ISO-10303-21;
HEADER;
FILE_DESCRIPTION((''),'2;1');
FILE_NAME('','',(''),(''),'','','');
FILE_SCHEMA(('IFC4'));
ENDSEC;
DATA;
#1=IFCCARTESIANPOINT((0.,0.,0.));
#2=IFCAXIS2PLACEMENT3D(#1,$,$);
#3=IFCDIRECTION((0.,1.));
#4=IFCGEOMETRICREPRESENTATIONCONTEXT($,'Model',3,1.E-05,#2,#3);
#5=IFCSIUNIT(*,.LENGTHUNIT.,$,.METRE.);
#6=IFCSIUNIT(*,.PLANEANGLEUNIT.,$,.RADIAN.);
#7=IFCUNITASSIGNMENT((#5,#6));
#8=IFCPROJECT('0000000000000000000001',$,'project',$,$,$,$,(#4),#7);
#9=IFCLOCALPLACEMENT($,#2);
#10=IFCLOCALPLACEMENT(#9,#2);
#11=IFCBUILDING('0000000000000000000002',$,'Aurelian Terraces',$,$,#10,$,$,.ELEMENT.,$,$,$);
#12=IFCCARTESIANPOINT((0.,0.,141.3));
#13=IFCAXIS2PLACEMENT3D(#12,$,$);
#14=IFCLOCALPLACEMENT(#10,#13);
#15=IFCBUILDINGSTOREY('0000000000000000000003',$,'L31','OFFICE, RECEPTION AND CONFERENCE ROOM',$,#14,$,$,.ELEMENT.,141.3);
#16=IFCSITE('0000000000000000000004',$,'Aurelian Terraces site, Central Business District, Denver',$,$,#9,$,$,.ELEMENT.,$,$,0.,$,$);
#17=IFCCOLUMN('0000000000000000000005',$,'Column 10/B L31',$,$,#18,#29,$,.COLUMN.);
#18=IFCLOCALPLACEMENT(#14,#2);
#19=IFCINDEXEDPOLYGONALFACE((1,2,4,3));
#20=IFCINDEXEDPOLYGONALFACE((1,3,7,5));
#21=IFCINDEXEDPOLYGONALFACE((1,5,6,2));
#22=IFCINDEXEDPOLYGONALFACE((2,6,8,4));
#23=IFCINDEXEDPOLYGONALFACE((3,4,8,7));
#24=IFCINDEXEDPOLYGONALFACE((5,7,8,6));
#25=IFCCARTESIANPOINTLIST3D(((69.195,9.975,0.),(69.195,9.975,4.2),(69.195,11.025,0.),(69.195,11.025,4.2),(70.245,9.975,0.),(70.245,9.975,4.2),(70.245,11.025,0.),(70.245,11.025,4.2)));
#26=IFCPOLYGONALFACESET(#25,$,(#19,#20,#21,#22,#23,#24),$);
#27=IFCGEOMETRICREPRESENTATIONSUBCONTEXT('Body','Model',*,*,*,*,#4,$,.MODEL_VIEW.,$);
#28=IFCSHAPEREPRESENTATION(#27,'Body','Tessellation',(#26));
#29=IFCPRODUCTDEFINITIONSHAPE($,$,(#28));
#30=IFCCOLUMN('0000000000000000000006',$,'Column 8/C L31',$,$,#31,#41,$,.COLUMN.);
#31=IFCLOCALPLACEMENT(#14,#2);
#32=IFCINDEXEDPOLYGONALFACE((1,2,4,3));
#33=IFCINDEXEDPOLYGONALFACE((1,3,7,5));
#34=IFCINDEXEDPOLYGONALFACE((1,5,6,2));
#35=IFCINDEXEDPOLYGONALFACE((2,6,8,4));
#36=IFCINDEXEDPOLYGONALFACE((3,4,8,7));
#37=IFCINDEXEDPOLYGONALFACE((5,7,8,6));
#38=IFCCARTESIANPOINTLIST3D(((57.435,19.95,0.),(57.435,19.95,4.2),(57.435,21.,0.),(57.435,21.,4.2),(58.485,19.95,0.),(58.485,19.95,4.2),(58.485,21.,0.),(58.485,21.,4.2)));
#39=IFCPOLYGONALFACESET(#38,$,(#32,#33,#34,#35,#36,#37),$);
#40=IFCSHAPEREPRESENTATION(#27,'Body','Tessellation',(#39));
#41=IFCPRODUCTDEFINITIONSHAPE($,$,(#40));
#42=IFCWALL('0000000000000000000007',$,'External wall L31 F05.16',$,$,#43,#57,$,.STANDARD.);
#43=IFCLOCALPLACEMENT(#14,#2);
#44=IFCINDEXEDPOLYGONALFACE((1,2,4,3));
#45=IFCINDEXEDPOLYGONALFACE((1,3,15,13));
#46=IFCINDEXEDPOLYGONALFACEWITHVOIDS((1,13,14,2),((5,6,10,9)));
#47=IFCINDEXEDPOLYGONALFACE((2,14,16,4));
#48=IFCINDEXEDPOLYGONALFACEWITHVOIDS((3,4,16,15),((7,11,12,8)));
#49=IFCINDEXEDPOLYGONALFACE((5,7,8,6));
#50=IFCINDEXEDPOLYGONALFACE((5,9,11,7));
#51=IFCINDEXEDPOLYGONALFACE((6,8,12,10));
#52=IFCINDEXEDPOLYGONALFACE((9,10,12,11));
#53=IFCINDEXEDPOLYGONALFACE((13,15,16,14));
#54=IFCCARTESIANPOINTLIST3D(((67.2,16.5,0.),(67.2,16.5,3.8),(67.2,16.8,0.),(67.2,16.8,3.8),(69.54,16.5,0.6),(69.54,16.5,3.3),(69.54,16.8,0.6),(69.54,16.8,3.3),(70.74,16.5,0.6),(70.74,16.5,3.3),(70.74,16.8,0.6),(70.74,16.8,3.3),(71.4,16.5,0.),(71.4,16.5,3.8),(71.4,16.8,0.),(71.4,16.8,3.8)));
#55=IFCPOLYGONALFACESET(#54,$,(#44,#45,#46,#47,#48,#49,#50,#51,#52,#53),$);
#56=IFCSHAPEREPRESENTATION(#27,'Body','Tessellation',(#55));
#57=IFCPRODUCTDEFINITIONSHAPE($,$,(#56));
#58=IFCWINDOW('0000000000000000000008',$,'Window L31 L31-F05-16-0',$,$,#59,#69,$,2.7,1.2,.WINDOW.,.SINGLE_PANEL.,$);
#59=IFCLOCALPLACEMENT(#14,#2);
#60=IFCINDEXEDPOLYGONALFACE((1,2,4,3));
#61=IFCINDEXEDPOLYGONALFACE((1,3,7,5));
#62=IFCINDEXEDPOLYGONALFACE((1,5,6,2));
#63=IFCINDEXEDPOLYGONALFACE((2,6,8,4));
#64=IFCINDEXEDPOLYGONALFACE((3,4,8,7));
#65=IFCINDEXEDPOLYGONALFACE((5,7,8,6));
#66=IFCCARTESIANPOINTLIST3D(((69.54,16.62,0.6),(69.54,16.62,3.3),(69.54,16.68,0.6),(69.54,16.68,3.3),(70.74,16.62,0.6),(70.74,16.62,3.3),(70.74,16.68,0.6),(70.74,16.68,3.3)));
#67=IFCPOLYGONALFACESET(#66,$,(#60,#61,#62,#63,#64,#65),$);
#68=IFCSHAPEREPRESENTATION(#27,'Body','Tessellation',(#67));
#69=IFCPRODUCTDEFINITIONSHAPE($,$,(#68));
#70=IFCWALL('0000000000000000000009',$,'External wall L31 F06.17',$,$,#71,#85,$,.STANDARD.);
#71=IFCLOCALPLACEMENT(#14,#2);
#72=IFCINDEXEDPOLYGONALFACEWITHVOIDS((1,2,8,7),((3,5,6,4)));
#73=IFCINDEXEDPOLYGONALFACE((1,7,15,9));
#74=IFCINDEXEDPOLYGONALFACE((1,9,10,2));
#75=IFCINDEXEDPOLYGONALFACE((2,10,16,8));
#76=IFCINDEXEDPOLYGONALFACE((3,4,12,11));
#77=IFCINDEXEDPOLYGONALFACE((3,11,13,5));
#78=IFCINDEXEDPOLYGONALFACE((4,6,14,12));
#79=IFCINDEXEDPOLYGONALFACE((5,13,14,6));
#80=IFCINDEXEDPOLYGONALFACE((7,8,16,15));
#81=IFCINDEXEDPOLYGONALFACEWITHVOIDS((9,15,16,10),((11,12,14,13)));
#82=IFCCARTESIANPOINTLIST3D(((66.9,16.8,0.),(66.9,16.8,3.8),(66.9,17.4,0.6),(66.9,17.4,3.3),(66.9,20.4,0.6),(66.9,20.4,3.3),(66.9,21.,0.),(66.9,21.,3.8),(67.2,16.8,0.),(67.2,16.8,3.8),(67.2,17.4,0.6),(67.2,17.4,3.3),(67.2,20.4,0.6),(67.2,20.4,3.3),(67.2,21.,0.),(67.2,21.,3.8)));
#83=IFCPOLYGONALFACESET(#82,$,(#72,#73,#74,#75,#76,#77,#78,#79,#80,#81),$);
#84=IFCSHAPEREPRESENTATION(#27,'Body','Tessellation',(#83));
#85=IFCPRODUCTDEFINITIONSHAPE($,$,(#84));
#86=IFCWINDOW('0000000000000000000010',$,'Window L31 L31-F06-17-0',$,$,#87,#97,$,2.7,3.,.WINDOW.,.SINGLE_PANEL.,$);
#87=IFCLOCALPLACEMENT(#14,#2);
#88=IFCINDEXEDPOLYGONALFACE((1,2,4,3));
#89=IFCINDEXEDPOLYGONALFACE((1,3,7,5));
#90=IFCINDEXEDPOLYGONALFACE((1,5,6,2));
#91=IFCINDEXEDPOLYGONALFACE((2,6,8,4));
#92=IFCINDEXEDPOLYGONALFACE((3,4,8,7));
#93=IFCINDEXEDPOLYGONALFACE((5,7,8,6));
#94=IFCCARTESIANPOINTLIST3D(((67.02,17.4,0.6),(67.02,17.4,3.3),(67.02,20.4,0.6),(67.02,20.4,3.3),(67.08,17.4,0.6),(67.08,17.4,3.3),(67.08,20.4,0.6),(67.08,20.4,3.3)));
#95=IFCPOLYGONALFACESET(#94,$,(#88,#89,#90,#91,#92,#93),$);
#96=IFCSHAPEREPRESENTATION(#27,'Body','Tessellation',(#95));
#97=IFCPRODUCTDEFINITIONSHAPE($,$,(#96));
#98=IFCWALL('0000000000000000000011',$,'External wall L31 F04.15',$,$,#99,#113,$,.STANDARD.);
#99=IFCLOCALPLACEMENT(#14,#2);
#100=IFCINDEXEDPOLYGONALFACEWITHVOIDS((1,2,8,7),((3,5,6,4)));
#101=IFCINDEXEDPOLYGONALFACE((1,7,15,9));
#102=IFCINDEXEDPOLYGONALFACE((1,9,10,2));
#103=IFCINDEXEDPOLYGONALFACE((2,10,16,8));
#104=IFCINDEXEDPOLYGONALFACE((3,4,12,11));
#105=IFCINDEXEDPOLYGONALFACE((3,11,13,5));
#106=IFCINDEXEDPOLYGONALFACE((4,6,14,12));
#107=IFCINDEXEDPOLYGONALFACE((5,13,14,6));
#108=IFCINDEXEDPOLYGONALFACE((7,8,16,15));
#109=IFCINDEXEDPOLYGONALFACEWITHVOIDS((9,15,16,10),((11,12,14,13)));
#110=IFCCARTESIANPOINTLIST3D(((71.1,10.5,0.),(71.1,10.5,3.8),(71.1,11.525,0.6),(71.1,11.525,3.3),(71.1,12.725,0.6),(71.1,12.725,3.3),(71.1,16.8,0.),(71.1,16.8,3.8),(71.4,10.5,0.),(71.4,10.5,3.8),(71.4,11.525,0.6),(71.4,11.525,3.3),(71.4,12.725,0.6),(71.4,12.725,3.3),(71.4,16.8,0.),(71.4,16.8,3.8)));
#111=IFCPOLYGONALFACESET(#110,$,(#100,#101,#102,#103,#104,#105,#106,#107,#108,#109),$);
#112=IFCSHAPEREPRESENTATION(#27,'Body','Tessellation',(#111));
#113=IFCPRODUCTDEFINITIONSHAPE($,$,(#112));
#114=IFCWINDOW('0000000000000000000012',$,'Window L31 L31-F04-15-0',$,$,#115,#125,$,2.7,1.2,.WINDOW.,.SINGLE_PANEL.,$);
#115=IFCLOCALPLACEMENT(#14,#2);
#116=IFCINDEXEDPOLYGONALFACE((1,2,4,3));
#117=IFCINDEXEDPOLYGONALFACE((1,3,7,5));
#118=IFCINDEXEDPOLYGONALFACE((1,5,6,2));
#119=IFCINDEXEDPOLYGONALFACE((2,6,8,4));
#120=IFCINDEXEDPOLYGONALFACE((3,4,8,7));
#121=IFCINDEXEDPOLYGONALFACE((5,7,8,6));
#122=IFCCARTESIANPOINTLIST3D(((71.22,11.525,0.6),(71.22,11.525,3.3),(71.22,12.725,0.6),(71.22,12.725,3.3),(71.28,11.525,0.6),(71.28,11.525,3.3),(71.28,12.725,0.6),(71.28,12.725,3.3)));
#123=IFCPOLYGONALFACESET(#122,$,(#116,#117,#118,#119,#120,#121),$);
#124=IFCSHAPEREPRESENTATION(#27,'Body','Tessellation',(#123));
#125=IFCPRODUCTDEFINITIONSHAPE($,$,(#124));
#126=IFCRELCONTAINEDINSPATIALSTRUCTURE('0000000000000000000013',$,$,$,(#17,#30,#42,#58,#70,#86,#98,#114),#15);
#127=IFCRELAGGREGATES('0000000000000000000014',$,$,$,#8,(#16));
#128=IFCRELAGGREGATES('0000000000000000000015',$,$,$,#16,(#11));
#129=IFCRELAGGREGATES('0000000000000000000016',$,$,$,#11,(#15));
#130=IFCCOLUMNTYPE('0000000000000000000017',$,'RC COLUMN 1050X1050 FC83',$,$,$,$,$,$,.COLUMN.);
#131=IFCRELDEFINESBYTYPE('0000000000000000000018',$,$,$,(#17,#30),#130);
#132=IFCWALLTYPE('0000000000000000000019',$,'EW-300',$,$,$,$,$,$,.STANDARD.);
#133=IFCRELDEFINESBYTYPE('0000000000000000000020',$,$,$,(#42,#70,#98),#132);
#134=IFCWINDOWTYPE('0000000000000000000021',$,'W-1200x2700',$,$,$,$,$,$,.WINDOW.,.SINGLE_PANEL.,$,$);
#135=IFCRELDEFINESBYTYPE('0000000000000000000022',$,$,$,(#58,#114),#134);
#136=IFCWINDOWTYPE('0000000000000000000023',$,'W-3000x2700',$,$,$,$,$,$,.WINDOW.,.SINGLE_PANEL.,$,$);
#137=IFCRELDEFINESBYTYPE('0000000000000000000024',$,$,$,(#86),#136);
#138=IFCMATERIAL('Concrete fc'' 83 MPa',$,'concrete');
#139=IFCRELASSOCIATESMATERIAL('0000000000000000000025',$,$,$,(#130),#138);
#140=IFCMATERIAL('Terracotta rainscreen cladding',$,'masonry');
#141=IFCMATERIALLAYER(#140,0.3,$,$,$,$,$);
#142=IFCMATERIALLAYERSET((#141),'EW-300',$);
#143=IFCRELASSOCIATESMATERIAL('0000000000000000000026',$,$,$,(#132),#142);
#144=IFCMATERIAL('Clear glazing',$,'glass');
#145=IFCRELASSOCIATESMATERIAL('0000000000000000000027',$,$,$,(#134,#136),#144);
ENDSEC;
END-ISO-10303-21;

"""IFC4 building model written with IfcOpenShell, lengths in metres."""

from ifc_helpers import new_model, si_unit, direction, frame, frame_2d, origin, origin_2d, place, context, subcontext, project, spatial, rectangle, extrude, source, transform, mapped, material, layer, layer_set, material_profile, profile_set, type_object, element, fill, save


model = new_model("IFC4")

# Units and contexts
model_context = context("Model", 3, precision=1e-05, world=origin(), true_north=direction((0.0, 1.0)))
body_context = subcontext(model_context, "Body", "Model", "MODEL_VIEW")
ifc_project = project(units=[si_unit("LENGTHUNIT", "METRE"), si_unit("PLANEANGLEUNIT", "RADIAN")], contexts=[model_context])

# Site, building, storey
site_placement = place(None, origin())
site = spatial("IfcSite", under=ifc_project, at=site_placement, Name="Aurelian Terraces site, Central Business District, Denver", CompositionType="ELEMENT", RefElevation=0.0)
building_placement = place(site_placement, origin())
building = spatial("IfcBuilding", under=site, at=building_placement, Name="Aurelian Terraces", CompositionType="ELEMENT")
storey_placement = place(building_placement, frame((0.0, 0.0, 141.3)))
storey = spatial("IfcBuildingStorey", under=building, at=storey_placement, Name="L31", Description="OFFICE, RECEPTION AND CONFERENCE ROOM", CompositionType="ELEMENT", Elevation=141.3)

# Columns
ifc_material_1 = material(Name="Concrete fc' 83 MPa", Category="concrete")
ifc_material_profile = material_profile(ifc_material_1, rectangle(XDim=1.05, YDim=1.05, at=origin_2d()))
ifc_profile_set = profile_set([ifc_material_profile], Name="Concrete fc' 83 MPa")
column_type = type_object("IfcColumnType", Name="RC COLUMN 1050X1050 FC83", PredefinedType="COLUMN", material=ifc_profile_set)
shared_shape_1 = source(origin(), body_context, "Body", "SweptSolid", [
    extrude(rectangle(XDim=1.05, YDim=1.05, at=origin_2d()), origin(), (0.0, 0.0, 1.0), 4.2),
])
for number, where, z_axis, x_axis, name in (
    (1, (69.72, 10.5, 0.0), (0.0, 0.0, 1.0), (1.0, 0.0, 0.0), "Column 10/B L31"),
    (2, (57.96, 20.475, 0.0), (0.0, 0.0, 1.0), (1.0, 0.0, 0.0), "Column 8/C L31"),
):
    element("IfcColumn", number, at=place(storey_placement, frame(where, z_axis=z_axis, x_axis=x_axis)), inside=storey, type_object=column_type, Name=name, PredefinedType="COLUMN", context=body_context, shape_type="MappedRepresentation", body=[
        mapped(shared_shape_1, transform((0.0, 0.0, 0.0), scale=1.0)),
    ])

# Walls, openings, windows
ifc_material_2 = material(Name="Terracotta rainscreen cladding", Category="masonry")
ifc_layer_1 = layer(ifc_material_2, 0.3)
ifc_layer_set_1 = layer_set([ifc_layer_1], Name="EW-300")
wall_type_1 = type_object("IfcWallType", Name="EW-300", PredefinedType="STANDARD", material=ifc_layer_set_1)
shared_shape_2 = source(origin(), body_context, "Body", "SweptSolid", [
    extrude(rectangle(XDim=4.2, YDim=0.3, at=frame_2d((2.1, 0.0))), origin(), (0.0, 0.0, 1.0), 3.8),
])
wall_1_placement = place(storey_placement, frame((71.4, 16.65, 0.0), z_axis=(0.0, 0.0, 1.0), x_axis=(-1.0, 0.0, 0.0)))
wall_1 = element("IfcWall", 3, at=wall_1_placement, inside=storey, type_object=wall_type_1, Name="External wall L31 F05.16", PredefinedType="STANDARD", context=body_context, shape_type="MappedRepresentation", body=[
    mapped(shared_shape_2, transform((0.0, 0.0, 0.0), scale=1.0)),
])
shared_shape_3 = source(origin(), body_context, "Body", "SweptSolid", [
    extrude(rectangle(XDim=1.2, YDim=2.7, at=frame_2d((0.6, 1.35))), frame((0.0, 0.16, 0.0), z_axis=(0.0, -1.0, 0.0), x_axis=(1.0, 0.0, 0.0)), (0.0, 0.0, 1.0), 0.32),
])
opening_1_placement = place(wall_1_placement, frame((0.66, 0.0, 0.6)))
opening_1 = element("IfcOpeningElement", 4, at=opening_1_placement, cuts=wall_1, PredefinedType="OPENING", context=body_context, shape_type="MappedRepresentation", body=[
    mapped(shared_shape_3, transform((0.0, 0.0, 0.0), scale=1.0)),
])
ifc_material_3 = material(Name="Clear glazing", Category="glass")
window_type_1 = type_object("IfcWindowType", Name="W-1200x2700", PartitioningType="SINGLE_PANEL", PredefinedType="WINDOW", material=ifc_material_3)
shared_shape_4 = source(origin(), body_context, "Body", "SweptSolid", [
    extrude(rectangle(XDim=1.2, YDim=2.7, at=frame_2d((0.6, 1.35))), frame((0.0, 0.03, 0.0), z_axis=(0.0, -1.0, 0.0), x_axis=(1.0, 0.0, 0.0)), (0.0, 0.0, 1.0), 0.06),
])
window_1_placement = place(opening_1_placement, origin())
window_1 = element("IfcWindow", 5, at=window_1_placement, inside=storey, type_object=window_type_1, Name="Window L31 L31-F05-16-0", OverallHeight=2.7, OverallWidth=1.2, PartitioningType="SINGLE_PANEL", PredefinedType="WINDOW", context=body_context, shape_type="MappedRepresentation", body=[
    mapped(shared_shape_4, transform((0.0, 0.0, 0.0), scale=1.0)),
])
fill(opening_1, window_1)
wall_2_placement = place(storey_placement, frame((67.05, 16.8, 0.0), z_axis=(0.0, 0.0, 1.0), x_axis=(0.0, 1.0, 0.0)))
wall_2 = element("IfcWall", 6, at=wall_2_placement, inside=storey, type_object=wall_type_1, Name="External wall L31 F06.17", PredefinedType="STANDARD", context=body_context, shape_type="MappedRepresentation", body=[
    mapped(shared_shape_2, transform((0.0, 0.0, 0.0), scale=1.0)),
])
shared_shape_5 = source(origin(), body_context, "Body", "SweptSolid", [
    extrude(rectangle(XDim=3.0, YDim=2.7, at=frame_2d((1.5, 1.35))), frame((0.0, 0.16, 0.0), z_axis=(0.0, -1.0, 0.0), x_axis=(1.0, 0.0, 0.0)), (0.0, 0.0, 1.0), 0.32),
])
opening_2_placement = place(wall_2_placement, frame((0.6, 0.0, 0.6)))
opening_2 = element("IfcOpeningElement", 7, at=opening_2_placement, cuts=wall_2, PredefinedType="OPENING", context=body_context, shape_type="MappedRepresentation", body=[
    mapped(shared_shape_5, transform((0.0, 0.0, 0.0), scale=1.0)),
])
window_type_2 = type_object("IfcWindowType", Name="W-3000x2700", PartitioningType="SINGLE_PANEL", PredefinedType="WINDOW", material=ifc_material_3)
shared_shape_6 = source(origin(), body_context, "Body", "SweptSolid", [
    extrude(rectangle(XDim=3.0, YDim=2.7, at=frame_2d((1.5, 1.35))), frame((0.0, 0.03, 0.0), z_axis=(0.0, -1.0, 0.0), x_axis=(1.0, 0.0, 0.0)), (0.0, 0.0, 1.0), 0.06),
])
window_2_placement = place(opening_2_placement, origin())
window_2 = element("IfcWindow", 8, at=window_2_placement, inside=storey, type_object=window_type_2, Name="Window L31 L31-F06-17-0", OverallHeight=2.7, OverallWidth=3.0, PartitioningType="SINGLE_PANEL", PredefinedType="WINDOW", context=body_context, shape_type="MappedRepresentation", body=[
    mapped(shared_shape_6, transform((0.0, 0.0, 0.0), scale=1.0)),
])
fill(opening_2, window_2)
shared_shape_7 = source(origin(), body_context, "Body", "SweptSolid", [
    extrude(rectangle(XDim=6.3, YDim=0.3, at=frame_2d((3.15, 0.0))), origin(), (0.0, 0.0, 1.0), 3.8),
])
wall_3_placement = place(storey_placement, frame((71.25, 10.5, 0.0), z_axis=(0.0, 0.0, 1.0), x_axis=(0.0, 1.0, 0.0)))
wall_3 = element("IfcWall", 9, at=wall_3_placement, inside=storey, type_object=wall_type_1, Name="External wall L31 F04.15", PredefinedType="STANDARD", context=body_context, shape_type="MappedRepresentation", body=[
    mapped(shared_shape_7, transform((0.0, 0.0, 0.0), scale=1.0)),
])
opening_3_placement = place(wall_3_placement, frame((1.025, 0.0, 0.6)))
opening_3 = element("IfcOpeningElement", 10, at=opening_3_placement, cuts=wall_3, PredefinedType="OPENING", context=body_context, shape_type="MappedRepresentation", body=[
    mapped(shared_shape_3, transform((0.0, 0.0, 0.0), scale=1.0)),
])
window_3_placement = place(opening_3_placement, origin())
window_3 = element("IfcWindow", 11, at=window_3_placement, inside=storey, type_object=window_type_1, Name="Window L31 L31-F04-15-0", OverallHeight=2.7, OverallWidth=1.2, PartitioningType="SINGLE_PANEL", PredefinedType="WINDOW", context=body_context, shape_type="MappedRepresentation", body=[
    mapped(shared_shape_4, transform((0.0, 0.0, 0.0), scale=1.0)),
])
fill(opening_3, window_3)

save(model, "model.ifc")
